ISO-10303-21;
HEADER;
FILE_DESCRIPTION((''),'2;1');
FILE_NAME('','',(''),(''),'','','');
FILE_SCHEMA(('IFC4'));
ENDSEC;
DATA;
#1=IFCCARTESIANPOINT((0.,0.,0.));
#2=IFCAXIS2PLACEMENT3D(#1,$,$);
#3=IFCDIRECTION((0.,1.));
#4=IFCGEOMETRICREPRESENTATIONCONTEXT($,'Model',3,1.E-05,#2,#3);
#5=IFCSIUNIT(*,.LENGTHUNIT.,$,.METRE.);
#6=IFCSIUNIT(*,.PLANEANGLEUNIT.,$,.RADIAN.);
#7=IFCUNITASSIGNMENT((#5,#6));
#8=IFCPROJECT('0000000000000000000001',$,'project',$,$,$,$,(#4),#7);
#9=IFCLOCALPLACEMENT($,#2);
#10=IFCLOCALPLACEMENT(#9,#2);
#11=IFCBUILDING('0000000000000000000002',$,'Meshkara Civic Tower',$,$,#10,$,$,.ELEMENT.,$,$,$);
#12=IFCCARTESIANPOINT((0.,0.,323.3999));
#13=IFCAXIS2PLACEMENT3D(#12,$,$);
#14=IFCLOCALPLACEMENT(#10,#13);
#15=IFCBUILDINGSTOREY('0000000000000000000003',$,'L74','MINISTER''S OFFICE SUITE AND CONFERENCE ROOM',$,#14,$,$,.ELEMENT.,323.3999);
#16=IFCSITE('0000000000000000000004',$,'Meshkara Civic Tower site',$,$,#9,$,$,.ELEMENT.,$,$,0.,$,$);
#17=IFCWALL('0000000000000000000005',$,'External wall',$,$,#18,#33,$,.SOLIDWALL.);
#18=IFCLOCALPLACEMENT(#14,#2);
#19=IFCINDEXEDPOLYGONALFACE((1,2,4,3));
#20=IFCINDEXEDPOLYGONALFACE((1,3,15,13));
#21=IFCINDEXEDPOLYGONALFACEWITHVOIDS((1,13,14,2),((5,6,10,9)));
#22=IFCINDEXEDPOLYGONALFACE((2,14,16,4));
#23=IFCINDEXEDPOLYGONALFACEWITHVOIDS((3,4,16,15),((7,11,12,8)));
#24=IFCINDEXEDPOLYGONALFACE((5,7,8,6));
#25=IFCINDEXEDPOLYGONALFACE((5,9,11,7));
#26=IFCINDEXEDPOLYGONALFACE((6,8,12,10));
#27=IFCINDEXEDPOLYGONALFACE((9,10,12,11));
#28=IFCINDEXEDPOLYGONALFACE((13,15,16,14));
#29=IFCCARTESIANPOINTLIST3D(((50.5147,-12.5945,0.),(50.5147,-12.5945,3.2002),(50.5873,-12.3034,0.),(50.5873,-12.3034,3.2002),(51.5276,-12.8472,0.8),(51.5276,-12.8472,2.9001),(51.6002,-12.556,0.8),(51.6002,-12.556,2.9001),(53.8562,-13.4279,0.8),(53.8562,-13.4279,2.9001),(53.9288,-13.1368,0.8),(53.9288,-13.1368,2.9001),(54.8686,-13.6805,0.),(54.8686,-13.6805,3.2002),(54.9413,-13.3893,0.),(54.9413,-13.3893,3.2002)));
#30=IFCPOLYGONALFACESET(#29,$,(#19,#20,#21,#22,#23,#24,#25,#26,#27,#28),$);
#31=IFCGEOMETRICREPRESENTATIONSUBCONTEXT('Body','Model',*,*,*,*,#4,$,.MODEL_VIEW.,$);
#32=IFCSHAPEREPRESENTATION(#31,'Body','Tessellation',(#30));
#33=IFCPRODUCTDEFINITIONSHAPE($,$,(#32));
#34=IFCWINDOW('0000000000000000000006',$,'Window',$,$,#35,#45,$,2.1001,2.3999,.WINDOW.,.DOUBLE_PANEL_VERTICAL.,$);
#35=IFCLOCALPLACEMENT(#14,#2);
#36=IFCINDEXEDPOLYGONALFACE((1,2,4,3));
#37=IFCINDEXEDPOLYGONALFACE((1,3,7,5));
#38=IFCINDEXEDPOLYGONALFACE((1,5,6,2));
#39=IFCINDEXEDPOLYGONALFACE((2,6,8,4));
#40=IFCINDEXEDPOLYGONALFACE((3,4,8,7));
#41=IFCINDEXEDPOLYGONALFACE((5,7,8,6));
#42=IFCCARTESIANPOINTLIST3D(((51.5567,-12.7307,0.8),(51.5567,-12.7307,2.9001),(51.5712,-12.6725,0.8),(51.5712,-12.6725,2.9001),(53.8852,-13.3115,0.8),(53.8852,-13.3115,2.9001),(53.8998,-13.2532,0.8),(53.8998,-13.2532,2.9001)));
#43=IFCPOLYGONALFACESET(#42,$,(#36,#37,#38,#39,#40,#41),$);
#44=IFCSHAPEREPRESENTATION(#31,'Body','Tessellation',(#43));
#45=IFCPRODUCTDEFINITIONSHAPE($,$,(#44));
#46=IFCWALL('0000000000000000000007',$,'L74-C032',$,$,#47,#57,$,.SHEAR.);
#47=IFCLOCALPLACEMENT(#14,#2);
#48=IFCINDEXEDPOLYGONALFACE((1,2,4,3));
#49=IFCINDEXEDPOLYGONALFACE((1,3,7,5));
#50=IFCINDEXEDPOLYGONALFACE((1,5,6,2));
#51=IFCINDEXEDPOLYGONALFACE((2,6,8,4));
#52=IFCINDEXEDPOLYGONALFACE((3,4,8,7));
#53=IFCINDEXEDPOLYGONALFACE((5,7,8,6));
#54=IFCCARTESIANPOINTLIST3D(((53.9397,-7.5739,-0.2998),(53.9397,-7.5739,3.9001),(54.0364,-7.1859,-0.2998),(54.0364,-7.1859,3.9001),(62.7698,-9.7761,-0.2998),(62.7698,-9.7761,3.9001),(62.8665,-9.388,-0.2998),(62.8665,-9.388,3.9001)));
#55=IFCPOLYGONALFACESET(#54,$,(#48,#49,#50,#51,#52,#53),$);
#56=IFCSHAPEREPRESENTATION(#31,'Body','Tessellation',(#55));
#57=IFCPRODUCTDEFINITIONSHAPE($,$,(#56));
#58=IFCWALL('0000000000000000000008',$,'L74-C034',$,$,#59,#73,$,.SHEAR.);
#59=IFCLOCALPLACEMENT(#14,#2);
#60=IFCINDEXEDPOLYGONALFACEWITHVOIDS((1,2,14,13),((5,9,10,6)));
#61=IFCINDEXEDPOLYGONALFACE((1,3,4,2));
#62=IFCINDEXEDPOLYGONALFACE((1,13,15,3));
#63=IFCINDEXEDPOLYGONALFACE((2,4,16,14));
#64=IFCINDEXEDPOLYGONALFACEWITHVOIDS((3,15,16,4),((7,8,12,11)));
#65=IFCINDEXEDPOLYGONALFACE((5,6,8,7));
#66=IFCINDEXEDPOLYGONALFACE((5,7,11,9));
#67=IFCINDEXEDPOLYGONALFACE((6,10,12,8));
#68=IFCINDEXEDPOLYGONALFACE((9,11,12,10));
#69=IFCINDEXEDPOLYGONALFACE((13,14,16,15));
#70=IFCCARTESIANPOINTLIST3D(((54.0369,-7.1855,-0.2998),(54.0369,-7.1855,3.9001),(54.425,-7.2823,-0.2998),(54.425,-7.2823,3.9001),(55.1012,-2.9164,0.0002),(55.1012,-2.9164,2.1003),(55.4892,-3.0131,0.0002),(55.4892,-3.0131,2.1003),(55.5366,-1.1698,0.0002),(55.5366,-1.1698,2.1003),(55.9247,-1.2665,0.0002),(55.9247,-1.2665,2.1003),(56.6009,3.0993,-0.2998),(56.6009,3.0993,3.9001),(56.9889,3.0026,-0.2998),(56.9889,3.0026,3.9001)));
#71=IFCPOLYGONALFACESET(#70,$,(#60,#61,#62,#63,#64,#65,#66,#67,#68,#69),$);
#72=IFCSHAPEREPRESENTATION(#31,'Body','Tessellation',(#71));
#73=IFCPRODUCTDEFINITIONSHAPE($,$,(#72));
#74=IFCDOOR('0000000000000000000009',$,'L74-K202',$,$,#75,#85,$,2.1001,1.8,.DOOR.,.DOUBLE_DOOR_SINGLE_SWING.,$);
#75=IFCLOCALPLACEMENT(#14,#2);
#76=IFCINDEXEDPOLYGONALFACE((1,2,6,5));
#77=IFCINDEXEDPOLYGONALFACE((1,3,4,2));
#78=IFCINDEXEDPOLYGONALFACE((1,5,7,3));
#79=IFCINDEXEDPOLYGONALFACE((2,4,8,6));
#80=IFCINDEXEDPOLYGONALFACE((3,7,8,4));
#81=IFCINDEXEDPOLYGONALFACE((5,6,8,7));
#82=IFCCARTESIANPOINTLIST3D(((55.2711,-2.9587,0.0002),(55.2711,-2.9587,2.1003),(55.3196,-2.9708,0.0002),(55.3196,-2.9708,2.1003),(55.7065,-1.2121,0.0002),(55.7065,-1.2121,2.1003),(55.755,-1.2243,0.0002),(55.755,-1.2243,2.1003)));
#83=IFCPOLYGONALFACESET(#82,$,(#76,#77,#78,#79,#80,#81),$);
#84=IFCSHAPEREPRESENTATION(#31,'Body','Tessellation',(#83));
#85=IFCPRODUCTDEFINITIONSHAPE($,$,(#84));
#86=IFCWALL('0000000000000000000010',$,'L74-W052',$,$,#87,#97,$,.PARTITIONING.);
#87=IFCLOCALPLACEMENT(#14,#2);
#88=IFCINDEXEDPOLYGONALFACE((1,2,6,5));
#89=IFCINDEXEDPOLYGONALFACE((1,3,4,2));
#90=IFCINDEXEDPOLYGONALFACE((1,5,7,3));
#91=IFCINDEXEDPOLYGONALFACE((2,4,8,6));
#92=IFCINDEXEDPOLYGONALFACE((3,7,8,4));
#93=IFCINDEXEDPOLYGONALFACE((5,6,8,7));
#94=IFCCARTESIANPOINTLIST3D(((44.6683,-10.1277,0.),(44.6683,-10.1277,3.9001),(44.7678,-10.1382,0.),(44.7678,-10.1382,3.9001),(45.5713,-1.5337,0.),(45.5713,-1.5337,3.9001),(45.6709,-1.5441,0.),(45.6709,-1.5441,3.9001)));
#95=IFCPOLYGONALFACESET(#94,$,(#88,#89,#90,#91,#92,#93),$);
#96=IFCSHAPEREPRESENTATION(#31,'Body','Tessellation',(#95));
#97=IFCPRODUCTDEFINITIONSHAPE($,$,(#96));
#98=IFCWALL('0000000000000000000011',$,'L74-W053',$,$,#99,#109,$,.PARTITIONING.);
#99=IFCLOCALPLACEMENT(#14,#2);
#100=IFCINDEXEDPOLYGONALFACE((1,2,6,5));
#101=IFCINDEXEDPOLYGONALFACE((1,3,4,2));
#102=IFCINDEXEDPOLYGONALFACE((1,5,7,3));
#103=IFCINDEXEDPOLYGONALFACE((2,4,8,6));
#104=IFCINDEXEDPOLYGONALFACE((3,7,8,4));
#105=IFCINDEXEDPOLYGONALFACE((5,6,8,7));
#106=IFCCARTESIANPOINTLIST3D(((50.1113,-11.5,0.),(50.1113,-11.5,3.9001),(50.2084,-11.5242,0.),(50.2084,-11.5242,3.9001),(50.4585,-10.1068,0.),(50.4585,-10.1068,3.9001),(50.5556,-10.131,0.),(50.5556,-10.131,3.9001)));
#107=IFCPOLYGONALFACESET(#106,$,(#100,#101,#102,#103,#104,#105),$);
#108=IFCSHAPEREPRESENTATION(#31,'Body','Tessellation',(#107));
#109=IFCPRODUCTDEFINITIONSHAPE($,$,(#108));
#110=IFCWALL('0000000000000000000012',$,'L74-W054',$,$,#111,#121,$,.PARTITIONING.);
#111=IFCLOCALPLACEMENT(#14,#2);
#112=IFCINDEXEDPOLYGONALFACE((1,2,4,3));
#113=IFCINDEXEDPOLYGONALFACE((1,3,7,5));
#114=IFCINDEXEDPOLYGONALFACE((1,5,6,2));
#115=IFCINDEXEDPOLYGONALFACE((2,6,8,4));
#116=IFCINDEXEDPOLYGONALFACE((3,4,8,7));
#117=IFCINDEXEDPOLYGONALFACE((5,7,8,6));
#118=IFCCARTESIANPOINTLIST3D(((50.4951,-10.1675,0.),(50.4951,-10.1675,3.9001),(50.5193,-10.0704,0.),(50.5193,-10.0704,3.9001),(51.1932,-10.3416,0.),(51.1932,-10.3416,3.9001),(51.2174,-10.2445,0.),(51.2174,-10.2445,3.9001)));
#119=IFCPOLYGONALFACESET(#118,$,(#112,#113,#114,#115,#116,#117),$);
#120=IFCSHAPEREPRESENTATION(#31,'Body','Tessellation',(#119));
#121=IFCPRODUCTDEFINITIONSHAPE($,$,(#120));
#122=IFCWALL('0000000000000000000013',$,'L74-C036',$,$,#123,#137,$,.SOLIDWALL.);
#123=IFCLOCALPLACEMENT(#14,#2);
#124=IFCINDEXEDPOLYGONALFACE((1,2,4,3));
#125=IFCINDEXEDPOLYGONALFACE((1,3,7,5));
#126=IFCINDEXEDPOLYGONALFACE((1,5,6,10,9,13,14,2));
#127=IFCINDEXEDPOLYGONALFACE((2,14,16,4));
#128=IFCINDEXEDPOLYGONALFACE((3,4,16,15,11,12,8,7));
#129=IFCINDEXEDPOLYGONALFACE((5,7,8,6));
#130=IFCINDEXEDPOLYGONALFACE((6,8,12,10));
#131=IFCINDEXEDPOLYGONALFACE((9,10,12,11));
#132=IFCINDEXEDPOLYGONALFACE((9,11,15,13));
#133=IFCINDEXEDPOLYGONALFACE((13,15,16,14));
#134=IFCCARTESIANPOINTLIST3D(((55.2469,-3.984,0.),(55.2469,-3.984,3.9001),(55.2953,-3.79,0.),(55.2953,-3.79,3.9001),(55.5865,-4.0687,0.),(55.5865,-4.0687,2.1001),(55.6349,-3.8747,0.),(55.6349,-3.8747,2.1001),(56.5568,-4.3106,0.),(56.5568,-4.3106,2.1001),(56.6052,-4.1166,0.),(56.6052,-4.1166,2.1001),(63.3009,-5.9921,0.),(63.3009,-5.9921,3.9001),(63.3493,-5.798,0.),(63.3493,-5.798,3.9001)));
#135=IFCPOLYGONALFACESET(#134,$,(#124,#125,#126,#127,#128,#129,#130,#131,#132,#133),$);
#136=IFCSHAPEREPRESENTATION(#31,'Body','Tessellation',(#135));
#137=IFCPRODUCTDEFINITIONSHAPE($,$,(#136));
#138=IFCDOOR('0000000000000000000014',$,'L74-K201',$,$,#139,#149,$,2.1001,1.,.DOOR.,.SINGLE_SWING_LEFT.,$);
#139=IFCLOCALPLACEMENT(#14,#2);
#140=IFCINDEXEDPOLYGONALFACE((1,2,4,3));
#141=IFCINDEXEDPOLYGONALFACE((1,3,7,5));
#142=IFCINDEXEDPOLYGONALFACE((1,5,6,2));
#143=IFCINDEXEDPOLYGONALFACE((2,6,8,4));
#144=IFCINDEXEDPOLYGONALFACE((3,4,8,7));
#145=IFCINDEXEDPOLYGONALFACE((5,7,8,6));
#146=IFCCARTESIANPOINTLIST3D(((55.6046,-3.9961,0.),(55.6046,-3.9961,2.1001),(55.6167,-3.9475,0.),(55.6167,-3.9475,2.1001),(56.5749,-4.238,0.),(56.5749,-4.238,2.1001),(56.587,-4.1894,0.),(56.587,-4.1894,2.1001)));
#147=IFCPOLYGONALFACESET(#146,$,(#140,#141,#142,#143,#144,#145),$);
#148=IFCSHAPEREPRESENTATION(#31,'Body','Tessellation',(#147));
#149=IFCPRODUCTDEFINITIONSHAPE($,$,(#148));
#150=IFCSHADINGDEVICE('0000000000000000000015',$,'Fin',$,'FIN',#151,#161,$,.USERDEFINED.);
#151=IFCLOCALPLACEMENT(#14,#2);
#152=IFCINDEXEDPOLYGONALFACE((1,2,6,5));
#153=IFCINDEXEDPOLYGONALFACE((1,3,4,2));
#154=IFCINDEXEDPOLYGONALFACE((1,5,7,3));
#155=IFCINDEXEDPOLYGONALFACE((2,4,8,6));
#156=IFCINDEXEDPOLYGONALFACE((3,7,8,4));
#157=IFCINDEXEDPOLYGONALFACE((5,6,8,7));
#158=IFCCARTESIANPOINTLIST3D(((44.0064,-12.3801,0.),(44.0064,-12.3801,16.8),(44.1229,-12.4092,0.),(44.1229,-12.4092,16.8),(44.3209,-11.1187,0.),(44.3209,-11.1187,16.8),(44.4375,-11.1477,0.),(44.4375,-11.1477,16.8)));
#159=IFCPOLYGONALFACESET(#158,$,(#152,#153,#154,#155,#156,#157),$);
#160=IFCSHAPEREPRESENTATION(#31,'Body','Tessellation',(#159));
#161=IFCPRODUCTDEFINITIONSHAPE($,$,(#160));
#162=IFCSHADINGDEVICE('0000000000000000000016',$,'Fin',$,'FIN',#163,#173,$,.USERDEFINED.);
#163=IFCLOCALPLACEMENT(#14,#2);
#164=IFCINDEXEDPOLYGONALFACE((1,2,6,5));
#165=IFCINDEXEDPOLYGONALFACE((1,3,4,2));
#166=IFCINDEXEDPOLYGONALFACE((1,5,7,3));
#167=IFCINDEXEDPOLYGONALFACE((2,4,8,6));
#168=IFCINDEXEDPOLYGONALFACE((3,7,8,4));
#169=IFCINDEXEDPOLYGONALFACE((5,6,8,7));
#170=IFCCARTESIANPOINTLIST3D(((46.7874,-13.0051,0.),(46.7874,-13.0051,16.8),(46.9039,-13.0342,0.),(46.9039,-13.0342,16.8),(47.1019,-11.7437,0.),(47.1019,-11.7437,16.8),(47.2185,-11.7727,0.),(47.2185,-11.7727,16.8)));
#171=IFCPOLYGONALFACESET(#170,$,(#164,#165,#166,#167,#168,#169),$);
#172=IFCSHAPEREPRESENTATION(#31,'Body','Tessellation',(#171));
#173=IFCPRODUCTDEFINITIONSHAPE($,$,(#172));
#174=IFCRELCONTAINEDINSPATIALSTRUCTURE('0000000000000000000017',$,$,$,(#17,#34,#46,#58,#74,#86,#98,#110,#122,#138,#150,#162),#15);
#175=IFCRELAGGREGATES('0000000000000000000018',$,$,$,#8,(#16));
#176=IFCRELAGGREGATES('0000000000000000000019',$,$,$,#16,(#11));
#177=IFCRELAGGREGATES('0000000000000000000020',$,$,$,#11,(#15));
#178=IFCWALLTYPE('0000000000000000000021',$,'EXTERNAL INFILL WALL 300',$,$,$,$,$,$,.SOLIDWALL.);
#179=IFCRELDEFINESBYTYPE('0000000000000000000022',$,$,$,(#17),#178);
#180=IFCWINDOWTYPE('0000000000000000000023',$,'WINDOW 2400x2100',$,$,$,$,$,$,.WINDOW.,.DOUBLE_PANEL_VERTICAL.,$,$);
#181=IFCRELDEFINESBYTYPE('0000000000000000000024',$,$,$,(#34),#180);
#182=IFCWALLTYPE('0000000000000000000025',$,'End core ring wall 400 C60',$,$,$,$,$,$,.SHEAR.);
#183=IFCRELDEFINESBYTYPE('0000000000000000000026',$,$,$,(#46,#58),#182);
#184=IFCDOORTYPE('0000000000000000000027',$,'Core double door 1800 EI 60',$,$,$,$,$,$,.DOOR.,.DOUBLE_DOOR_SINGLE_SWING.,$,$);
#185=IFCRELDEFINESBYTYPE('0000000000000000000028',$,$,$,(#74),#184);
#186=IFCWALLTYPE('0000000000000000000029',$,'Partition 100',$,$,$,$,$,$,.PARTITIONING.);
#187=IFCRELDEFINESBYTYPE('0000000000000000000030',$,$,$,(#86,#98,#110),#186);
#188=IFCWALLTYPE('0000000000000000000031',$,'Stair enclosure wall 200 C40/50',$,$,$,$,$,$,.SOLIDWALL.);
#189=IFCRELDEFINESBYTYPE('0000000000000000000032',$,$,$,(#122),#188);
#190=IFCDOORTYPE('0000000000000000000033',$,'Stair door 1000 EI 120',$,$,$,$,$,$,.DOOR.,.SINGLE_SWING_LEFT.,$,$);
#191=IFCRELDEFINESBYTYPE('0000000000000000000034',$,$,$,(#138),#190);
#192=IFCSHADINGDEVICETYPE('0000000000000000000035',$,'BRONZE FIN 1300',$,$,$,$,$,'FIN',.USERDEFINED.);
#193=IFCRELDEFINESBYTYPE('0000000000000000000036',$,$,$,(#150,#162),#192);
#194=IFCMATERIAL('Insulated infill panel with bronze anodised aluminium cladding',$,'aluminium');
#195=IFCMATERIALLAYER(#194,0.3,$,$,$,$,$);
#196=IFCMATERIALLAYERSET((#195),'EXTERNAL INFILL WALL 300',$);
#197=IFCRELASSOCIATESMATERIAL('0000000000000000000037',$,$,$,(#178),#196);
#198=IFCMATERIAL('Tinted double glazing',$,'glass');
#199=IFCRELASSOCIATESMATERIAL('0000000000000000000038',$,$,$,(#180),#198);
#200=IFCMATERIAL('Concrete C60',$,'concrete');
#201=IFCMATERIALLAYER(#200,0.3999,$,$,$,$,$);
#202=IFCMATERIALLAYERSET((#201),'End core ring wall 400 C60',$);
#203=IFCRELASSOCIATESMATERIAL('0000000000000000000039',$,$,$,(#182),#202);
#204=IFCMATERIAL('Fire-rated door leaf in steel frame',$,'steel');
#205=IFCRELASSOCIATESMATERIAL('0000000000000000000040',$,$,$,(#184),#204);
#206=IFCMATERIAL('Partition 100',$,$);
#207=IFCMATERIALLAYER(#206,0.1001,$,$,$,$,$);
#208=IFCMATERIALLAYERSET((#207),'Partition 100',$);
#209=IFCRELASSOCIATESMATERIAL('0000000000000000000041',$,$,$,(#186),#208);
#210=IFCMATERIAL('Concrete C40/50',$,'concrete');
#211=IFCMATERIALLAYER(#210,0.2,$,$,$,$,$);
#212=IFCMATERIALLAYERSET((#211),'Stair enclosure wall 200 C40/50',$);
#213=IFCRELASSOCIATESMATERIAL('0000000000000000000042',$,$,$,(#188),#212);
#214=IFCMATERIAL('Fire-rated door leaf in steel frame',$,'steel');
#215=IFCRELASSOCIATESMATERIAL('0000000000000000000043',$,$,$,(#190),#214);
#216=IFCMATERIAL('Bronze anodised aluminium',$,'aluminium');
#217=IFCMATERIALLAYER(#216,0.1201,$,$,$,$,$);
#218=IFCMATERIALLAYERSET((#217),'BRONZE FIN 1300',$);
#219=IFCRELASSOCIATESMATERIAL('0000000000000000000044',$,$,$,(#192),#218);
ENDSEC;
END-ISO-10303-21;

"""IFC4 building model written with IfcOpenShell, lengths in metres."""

from ifc_helpers import new_model, si_unit, direction, frame, frame_2d, origin, origin_2d, place, context, subcontext, project, spatial, rectangle, extrude, material, layer, layer_set, type_object, element, fill, save


model = new_model("IFC4")

# Units and contexts
model_context = context("Model", 3, precision=1e-05, world=origin(), true_north=direction((0.0, 1.0)))
body_context = subcontext(model_context, "Body", "Model", "MODEL_VIEW")
ifc_project = project(units=[si_unit("LENGTHUNIT", "METRE"), si_unit("PLANEANGLEUNIT", "RADIAN")], contexts=[model_context])

# Site, building, storey
site_placement = place(None, origin())
site = spatial("IfcSite", under=ifc_project, at=site_placement, Name="Meshkara Civic Tower site", CompositionType="ELEMENT", RefElevation=0.0)
building_placement = place(site_placement, origin())
building = spatial("IfcBuilding", under=site, at=building_placement, Name="Meshkara Civic Tower", CompositionType="ELEMENT")
storey_placement = place(building_placement, frame((0.0, 0.0, 323.3999)))
storey = spatial("IfcBuildingStorey", under=building, at=storey_placement, Name="L74", Description="MINISTER'S OFFICE SUITE AND CONFERENCE ROOM", CompositionType="ELEMENT", Elevation=323.3999)

# Wall, opening, window
ifc_material_1 = material(Name="Insulated infill panel with bronze anodised aluminium cladding", Category="aluminium")
ifc_layer_1 = layer(ifc_material_1, 0.3)
ifc_layer_set_1 = layer_set([ifc_layer_1], Name="EXTERNAL INFILL WALL 300")
wall_type_1 = type_object("IfcWallType", Name="EXTERNAL INFILL WALL 300", PredefinedType="SOLIDWALL", material=ifc_layer_set_1)
ifc_material_2 = material(Name="Tinted double glazing", Category="glass")
window_type = type_object("IfcWindowType", Name="WINDOW 2400x2100", PartitioningType="DOUBLE_PANEL_VERTICAL", PredefinedType="WINDOW", material=ifc_material_2)
wall_1_placement = place(storey_placement, frame((50.551, -12.449, 0.0), z_axis=(0.0, 0.0, 1.0), x_axis=(0.970277, -0.241998, 0.0)))
wall_1 = element("IfcWall", 1, at=wall_1_placement, inside=storey, type_object=wall_type_1, Name="External wall", PredefinedType="SOLIDWALL", context=body_context, shape_type="SweptSolid", body=[
    extrude(rectangle(XDim=4.4873, YDim=0.3, at=frame_2d((2.2437, 0.0))), origin(), (0.0, 0.0, 1.0), 3.2002),
])
opening_1_placement = place(wall_1_placement, frame((1.0439, 0.0, 0.8)))
opening_1 = element("IfcOpeningElement", 2, at=opening_1_placement, cuts=wall_1, PredefinedType="OPENING", context=body_context, shape_type="SweptSolid", body=[
    extrude(rectangle(XDim=2.3999, YDim=2.1001, at=frame_2d((1.2, 1.05))), frame((0.0, 0.1599, 0.0), z_axis=(0.0, -1.0, 0.0), x_axis=(1.0, 0.0, 0.0)), (0.0, 0.0, 1.0), 0.3201),
])
window_1_placement = place(opening_1_placement, origin())
window_1 = element("IfcWindow", 3, at=window_1_placement, inside=storey, type_object=window_type, Name="Window", OverallHeight=2.1001, OverallWidth=2.3999, PartitioningType="DOUBLE_PANEL_VERTICAL", PredefinedType="WINDOW", context=body_context, shape_type="SweptSolid", body=[
    extrude(rectangle(XDim=2.3999, YDim=2.1001, at=frame_2d((1.2, 1.05))), frame((0.0, 0.03, 0.0), z_axis=(0.0, -1.0, 0.0), x_axis=(1.0, 0.0, 0.0)), (0.0, 0.0, 1.0), 0.0601),
])
fill(opening_1, window_1)

# Wall
ifc_material_3 = material(Name="Concrete C60", Category="concrete")
ifc_layer_2 = layer(ifc_material_3, 0.3999)
ifc_layer_set_2 = layer_set([ifc_layer_2], Name="End core ring wall 400 C60")
wall_type_2 = type_object("IfcWallType", Name="End core ring wall 400 C60", PredefinedType="SHEAR", material=ifc_layer_set_2)
wall_2_placement = place(storey_placement, frame((53.988, -7.3799, -0.2998), z_axis=(0.0, 0.0, 1.0), x_axis=(0.970281, -0.24198, 0.0)))
element("IfcWall", 4, at=wall_2_placement, inside=storey, type_object=wall_type_2, Name="L74-C032", PredefinedType="SHEAR", context=body_context, shape_type="SweptSolid", body=[
    extrude(rectangle(XDim=9.1006, YDim=0.3999, at=frame_2d((4.5503, 0.0))), origin(), (0.0, 0.0, 1.0), 4.2),
])

# Wall, opening, door
wall_3_placement = place(storey_placement, frame((54.231, -7.2339, -0.2998), z_axis=(0.0, 0.0, 1.0), x_axis=(0.241891, 0.970304, 0.0)))
wall_3 = element("IfcWall", 5, at=wall_3_placement, inside=storey, type_object=wall_type_2, Name="L74-C034", PredefinedType="SHEAR", context=body_context, shape_type="SweptSolid", body=[
    extrude(rectangle(XDim=10.5996, YDim=0.3999, at=frame_2d((5.2998, 0.0))), origin(), (0.0, 0.0, 1.0), 4.2),
])
opening_2_placement = place(wall_3_placement, frame((4.3999, 0.0, 0.3)))
opening_2 = element("IfcOpeningElement", 6, at=opening_2_placement, cuts=wall_3, PredefinedType="OPENING", context=body_context, shape_type="SweptSolid", body=[
    extrude(rectangle(XDim=1.8, YDim=2.1001, at=frame_2d((0.8999, 1.05))), frame((0.0, 0.21, 0.0), z_axis=(0.0, -1.0, 0.0), x_axis=(1.0, 0.0, 0.0)), (0.0, 0.0, 1.0), 0.4199),
])
ifc_material_4 = material(Name="Fire-rated door leaf in steel frame", Category="steel")
door_type_1 = type_object("IfcDoorType", Name="Core double door 1800 EI 60", OperationType="DOUBLE_DOOR_SINGLE_SWING", PredefinedType="DOOR", material=ifc_material_4)
door_1_placement = place(opening_2_placement, origin())
door_1 = element("IfcDoor", 7, at=door_1_placement, inside=storey, type_object=door_type_1, Name="L74-K202", OperationType="DOUBLE_DOOR_SINGLE_SWING", OverallHeight=2.1001, OverallWidth=1.8, PredefinedType="DOOR", context=body_context, shape_type="SweptSolid", body=[
    extrude(rectangle(XDim=1.8, YDim=2.1001, at=frame_2d((0.8999, 1.05))), frame((0.0, 0.0249, 0.0), z_axis=(0.0, -1.0, 0.0), x_axis=(1.0, 0.0, 0.0)), (0.0, 0.0, 1.0), 0.05),
])
fill(opening_2, door_1)

# Walls
ifc_material_5 = material(Name="Partition 100")
ifc_layer_3 = layer(ifc_material_5, 0.1001)
ifc_layer_set_3 = layer_set([ifc_layer_3], Name="Partition 100")
wall_type_3 = type_object("IfcWallType", Name="Partition 100", PredefinedType="PARTITIONING", material=ifc_layer_set_3)
wall_4_placement = place(storey_placement, frame((44.718, -10.1331, 0.0), z_axis=(0.0, 0.0, 1.0), x_axis=(0.104507, 0.994524, 0.0)))
element("IfcWall", 8, at=wall_4_placement, inside=storey, type_object=wall_type_3, Name="L74-W052", PredefinedType="PARTITIONING", context=body_context, shape_type="SweptSolid", body=[
    extrude(rectangle(XDim=8.6414, YDim=0.1001, at=frame_2d((4.3208, 0.0))), origin(), (0.0, 0.0, 1.0), 3.9001),
])
wall_5_placement = place(storey_placement, frame((50.1599, -11.512, 0.0), z_axis=(0.0, 0.0, 1.0), x_axis=(0.241815, 0.970322, 0.0)))
element("IfcWall", 9, at=wall_5_placement, inside=storey, type_object=wall_type_3, Name="L74-W053", PredefinedType="PARTITIONING", context=body_context, shape_type="SweptSolid", body=[
    extrude(rectangle(XDim=1.4358, YDim=0.1001, at=frame_2d((0.7178, 0.0))), origin(), (0.0, 0.0, 1.0), 3.9001),
])
wall_6_placement = place(storey_placement, frame((50.5071, -10.1189, 0.0), z_axis=(0.0, 0.0, 1.0), x_axis=(0.970282, -0.241977, 0.0)))
element("IfcWall", 10, at=wall_6_placement, inside=storey, type_object=wall_type_3, Name="L74-W054", PredefinedType="PARTITIONING", context=body_context, shape_type="SweptSolid", body=[
    extrude(rectangle(XDim=0.7195, YDim=0.1001, at=frame_2d((0.3599, 0.0))), origin(), (0.0, 0.0, 1.0), 3.9001),
])

# Wall, opening, door
ifc_material_6 = material(Name="Concrete C40/50", Category="concrete")
ifc_layer_4 = layer(ifc_material_6, 0.2)
ifc_layer_set_4 = layer_set([ifc_layer_4], Name="Stair enclosure wall 200 C40/50")
wall_type_4 = type_object("IfcWallType", Name="Stair enclosure wall 200 C40/50", PredefinedType="SOLIDWALL", material=ifc_layer_set_4)
wall_7_placement = place(storey_placement, frame((55.271, -3.887, 0.0), z_axis=(0.0, 0.0, 1.0), x_axis=(0.970296, -0.24192, 0.0)))
wall_7 = element("IfcWall", 11, at=wall_7_placement, inside=storey, type_object=wall_type_4, Name="L74-C036", PredefinedType="SOLIDWALL", context=body_context, shape_type="SweptSolid", body=[
    extrude(rectangle(XDim=8.3005, YDim=0.2, at=frame_2d((4.1504, 0.0))), origin(), (0.0, 0.0, 1.0), 3.9001),
])
opening_3_placement = place(wall_7_placement, frame((0.3501, 0.0, 0.0)))
opening_3 = element("IfcOpeningElement", 12, at=opening_3_placement, cuts=wall_7, PredefinedType="OPENING", context=body_context, shape_type="SweptSolid", body=[
    extrude(rectangle(XDim=1.0, YDim=2.1001, at=frame_2d((0.5, 1.05))), frame((0.0, 0.1099, 0.0), z_axis=(0.0, -1.0, 0.0), x_axis=(1.0, 0.0, 0.0)), (0.0, 0.0, 1.0), 0.22),
])
ifc_material_7 = material(Name="Fire-rated door leaf in steel frame", Category="steel")
door_type_2 = type_object("IfcDoorType", Name="Stair door 1000 EI 120", OperationType="SINGLE_SWING_LEFT", PredefinedType="DOOR", material=ifc_material_7)
door_2_placement = place(opening_3_placement, origin())
door_2 = element("IfcDoor", 13, at=door_2_placement, inside=storey, type_object=door_type_2, Name="L74-K201", OperationType="SINGLE_SWING_LEFT", OverallHeight=2.1001, OverallWidth=1.0, PredefinedType="DOOR", context=body_context, shape_type="SweptSolid", body=[
    extrude(rectangle(XDim=1.0, YDim=2.1001, at=frame_2d((0.5, 1.05))), frame((0.0, 0.0249, 0.0), z_axis=(0.0, -1.0, 0.0), x_axis=(1.0, 0.0, 0.0)), (0.0, 0.0, 1.0), 0.05),
])
fill(opening_3, door_2)

# Shading devices
ifc_material_8 = material(Name="Bronze anodised aluminium", Category="aluminium")
ifc_layer_5 = layer(ifc_material_8, 0.1201)
ifc_layer_set_5 = layer_set([ifc_layer_5], Name="BRONZE FIN 1300")
shading_device_type = type_object("IfcShadingDeviceType", Name="BRONZE FIN 1300", ElementType="FIN", PredefinedType="USERDEFINED", material=ifc_layer_set_5)
for number, where, z_axis, x_axis, name in (
    (14, (44.2219, -11.7639, 0.0), (0.0, 0.0, 1.0), (0.970296, -0.241922, 0.0), "Fin"),
    (15, (47.0029, -12.3889, 0.0), (0.0, 0.0, 1.0), (0.970296, -0.241922, 0.0), "Fin"),
):
    element("IfcShadingDevice", number, at=place(storey_placement, frame(where, z_axis=z_axis, x_axis=x_axis)), inside=storey, type_object=shading_device_type, Name=name, ObjectType="FIN", PredefinedType="USERDEFINED", context=body_context, shape_type="SweptSolid", body=[
        extrude(rectangle(XDim=0.1201, YDim=1.3, at=origin_2d()), origin(), (0.0, 0.0, 1.0), 16.8),
    ])

save(model, "model.ifc")
